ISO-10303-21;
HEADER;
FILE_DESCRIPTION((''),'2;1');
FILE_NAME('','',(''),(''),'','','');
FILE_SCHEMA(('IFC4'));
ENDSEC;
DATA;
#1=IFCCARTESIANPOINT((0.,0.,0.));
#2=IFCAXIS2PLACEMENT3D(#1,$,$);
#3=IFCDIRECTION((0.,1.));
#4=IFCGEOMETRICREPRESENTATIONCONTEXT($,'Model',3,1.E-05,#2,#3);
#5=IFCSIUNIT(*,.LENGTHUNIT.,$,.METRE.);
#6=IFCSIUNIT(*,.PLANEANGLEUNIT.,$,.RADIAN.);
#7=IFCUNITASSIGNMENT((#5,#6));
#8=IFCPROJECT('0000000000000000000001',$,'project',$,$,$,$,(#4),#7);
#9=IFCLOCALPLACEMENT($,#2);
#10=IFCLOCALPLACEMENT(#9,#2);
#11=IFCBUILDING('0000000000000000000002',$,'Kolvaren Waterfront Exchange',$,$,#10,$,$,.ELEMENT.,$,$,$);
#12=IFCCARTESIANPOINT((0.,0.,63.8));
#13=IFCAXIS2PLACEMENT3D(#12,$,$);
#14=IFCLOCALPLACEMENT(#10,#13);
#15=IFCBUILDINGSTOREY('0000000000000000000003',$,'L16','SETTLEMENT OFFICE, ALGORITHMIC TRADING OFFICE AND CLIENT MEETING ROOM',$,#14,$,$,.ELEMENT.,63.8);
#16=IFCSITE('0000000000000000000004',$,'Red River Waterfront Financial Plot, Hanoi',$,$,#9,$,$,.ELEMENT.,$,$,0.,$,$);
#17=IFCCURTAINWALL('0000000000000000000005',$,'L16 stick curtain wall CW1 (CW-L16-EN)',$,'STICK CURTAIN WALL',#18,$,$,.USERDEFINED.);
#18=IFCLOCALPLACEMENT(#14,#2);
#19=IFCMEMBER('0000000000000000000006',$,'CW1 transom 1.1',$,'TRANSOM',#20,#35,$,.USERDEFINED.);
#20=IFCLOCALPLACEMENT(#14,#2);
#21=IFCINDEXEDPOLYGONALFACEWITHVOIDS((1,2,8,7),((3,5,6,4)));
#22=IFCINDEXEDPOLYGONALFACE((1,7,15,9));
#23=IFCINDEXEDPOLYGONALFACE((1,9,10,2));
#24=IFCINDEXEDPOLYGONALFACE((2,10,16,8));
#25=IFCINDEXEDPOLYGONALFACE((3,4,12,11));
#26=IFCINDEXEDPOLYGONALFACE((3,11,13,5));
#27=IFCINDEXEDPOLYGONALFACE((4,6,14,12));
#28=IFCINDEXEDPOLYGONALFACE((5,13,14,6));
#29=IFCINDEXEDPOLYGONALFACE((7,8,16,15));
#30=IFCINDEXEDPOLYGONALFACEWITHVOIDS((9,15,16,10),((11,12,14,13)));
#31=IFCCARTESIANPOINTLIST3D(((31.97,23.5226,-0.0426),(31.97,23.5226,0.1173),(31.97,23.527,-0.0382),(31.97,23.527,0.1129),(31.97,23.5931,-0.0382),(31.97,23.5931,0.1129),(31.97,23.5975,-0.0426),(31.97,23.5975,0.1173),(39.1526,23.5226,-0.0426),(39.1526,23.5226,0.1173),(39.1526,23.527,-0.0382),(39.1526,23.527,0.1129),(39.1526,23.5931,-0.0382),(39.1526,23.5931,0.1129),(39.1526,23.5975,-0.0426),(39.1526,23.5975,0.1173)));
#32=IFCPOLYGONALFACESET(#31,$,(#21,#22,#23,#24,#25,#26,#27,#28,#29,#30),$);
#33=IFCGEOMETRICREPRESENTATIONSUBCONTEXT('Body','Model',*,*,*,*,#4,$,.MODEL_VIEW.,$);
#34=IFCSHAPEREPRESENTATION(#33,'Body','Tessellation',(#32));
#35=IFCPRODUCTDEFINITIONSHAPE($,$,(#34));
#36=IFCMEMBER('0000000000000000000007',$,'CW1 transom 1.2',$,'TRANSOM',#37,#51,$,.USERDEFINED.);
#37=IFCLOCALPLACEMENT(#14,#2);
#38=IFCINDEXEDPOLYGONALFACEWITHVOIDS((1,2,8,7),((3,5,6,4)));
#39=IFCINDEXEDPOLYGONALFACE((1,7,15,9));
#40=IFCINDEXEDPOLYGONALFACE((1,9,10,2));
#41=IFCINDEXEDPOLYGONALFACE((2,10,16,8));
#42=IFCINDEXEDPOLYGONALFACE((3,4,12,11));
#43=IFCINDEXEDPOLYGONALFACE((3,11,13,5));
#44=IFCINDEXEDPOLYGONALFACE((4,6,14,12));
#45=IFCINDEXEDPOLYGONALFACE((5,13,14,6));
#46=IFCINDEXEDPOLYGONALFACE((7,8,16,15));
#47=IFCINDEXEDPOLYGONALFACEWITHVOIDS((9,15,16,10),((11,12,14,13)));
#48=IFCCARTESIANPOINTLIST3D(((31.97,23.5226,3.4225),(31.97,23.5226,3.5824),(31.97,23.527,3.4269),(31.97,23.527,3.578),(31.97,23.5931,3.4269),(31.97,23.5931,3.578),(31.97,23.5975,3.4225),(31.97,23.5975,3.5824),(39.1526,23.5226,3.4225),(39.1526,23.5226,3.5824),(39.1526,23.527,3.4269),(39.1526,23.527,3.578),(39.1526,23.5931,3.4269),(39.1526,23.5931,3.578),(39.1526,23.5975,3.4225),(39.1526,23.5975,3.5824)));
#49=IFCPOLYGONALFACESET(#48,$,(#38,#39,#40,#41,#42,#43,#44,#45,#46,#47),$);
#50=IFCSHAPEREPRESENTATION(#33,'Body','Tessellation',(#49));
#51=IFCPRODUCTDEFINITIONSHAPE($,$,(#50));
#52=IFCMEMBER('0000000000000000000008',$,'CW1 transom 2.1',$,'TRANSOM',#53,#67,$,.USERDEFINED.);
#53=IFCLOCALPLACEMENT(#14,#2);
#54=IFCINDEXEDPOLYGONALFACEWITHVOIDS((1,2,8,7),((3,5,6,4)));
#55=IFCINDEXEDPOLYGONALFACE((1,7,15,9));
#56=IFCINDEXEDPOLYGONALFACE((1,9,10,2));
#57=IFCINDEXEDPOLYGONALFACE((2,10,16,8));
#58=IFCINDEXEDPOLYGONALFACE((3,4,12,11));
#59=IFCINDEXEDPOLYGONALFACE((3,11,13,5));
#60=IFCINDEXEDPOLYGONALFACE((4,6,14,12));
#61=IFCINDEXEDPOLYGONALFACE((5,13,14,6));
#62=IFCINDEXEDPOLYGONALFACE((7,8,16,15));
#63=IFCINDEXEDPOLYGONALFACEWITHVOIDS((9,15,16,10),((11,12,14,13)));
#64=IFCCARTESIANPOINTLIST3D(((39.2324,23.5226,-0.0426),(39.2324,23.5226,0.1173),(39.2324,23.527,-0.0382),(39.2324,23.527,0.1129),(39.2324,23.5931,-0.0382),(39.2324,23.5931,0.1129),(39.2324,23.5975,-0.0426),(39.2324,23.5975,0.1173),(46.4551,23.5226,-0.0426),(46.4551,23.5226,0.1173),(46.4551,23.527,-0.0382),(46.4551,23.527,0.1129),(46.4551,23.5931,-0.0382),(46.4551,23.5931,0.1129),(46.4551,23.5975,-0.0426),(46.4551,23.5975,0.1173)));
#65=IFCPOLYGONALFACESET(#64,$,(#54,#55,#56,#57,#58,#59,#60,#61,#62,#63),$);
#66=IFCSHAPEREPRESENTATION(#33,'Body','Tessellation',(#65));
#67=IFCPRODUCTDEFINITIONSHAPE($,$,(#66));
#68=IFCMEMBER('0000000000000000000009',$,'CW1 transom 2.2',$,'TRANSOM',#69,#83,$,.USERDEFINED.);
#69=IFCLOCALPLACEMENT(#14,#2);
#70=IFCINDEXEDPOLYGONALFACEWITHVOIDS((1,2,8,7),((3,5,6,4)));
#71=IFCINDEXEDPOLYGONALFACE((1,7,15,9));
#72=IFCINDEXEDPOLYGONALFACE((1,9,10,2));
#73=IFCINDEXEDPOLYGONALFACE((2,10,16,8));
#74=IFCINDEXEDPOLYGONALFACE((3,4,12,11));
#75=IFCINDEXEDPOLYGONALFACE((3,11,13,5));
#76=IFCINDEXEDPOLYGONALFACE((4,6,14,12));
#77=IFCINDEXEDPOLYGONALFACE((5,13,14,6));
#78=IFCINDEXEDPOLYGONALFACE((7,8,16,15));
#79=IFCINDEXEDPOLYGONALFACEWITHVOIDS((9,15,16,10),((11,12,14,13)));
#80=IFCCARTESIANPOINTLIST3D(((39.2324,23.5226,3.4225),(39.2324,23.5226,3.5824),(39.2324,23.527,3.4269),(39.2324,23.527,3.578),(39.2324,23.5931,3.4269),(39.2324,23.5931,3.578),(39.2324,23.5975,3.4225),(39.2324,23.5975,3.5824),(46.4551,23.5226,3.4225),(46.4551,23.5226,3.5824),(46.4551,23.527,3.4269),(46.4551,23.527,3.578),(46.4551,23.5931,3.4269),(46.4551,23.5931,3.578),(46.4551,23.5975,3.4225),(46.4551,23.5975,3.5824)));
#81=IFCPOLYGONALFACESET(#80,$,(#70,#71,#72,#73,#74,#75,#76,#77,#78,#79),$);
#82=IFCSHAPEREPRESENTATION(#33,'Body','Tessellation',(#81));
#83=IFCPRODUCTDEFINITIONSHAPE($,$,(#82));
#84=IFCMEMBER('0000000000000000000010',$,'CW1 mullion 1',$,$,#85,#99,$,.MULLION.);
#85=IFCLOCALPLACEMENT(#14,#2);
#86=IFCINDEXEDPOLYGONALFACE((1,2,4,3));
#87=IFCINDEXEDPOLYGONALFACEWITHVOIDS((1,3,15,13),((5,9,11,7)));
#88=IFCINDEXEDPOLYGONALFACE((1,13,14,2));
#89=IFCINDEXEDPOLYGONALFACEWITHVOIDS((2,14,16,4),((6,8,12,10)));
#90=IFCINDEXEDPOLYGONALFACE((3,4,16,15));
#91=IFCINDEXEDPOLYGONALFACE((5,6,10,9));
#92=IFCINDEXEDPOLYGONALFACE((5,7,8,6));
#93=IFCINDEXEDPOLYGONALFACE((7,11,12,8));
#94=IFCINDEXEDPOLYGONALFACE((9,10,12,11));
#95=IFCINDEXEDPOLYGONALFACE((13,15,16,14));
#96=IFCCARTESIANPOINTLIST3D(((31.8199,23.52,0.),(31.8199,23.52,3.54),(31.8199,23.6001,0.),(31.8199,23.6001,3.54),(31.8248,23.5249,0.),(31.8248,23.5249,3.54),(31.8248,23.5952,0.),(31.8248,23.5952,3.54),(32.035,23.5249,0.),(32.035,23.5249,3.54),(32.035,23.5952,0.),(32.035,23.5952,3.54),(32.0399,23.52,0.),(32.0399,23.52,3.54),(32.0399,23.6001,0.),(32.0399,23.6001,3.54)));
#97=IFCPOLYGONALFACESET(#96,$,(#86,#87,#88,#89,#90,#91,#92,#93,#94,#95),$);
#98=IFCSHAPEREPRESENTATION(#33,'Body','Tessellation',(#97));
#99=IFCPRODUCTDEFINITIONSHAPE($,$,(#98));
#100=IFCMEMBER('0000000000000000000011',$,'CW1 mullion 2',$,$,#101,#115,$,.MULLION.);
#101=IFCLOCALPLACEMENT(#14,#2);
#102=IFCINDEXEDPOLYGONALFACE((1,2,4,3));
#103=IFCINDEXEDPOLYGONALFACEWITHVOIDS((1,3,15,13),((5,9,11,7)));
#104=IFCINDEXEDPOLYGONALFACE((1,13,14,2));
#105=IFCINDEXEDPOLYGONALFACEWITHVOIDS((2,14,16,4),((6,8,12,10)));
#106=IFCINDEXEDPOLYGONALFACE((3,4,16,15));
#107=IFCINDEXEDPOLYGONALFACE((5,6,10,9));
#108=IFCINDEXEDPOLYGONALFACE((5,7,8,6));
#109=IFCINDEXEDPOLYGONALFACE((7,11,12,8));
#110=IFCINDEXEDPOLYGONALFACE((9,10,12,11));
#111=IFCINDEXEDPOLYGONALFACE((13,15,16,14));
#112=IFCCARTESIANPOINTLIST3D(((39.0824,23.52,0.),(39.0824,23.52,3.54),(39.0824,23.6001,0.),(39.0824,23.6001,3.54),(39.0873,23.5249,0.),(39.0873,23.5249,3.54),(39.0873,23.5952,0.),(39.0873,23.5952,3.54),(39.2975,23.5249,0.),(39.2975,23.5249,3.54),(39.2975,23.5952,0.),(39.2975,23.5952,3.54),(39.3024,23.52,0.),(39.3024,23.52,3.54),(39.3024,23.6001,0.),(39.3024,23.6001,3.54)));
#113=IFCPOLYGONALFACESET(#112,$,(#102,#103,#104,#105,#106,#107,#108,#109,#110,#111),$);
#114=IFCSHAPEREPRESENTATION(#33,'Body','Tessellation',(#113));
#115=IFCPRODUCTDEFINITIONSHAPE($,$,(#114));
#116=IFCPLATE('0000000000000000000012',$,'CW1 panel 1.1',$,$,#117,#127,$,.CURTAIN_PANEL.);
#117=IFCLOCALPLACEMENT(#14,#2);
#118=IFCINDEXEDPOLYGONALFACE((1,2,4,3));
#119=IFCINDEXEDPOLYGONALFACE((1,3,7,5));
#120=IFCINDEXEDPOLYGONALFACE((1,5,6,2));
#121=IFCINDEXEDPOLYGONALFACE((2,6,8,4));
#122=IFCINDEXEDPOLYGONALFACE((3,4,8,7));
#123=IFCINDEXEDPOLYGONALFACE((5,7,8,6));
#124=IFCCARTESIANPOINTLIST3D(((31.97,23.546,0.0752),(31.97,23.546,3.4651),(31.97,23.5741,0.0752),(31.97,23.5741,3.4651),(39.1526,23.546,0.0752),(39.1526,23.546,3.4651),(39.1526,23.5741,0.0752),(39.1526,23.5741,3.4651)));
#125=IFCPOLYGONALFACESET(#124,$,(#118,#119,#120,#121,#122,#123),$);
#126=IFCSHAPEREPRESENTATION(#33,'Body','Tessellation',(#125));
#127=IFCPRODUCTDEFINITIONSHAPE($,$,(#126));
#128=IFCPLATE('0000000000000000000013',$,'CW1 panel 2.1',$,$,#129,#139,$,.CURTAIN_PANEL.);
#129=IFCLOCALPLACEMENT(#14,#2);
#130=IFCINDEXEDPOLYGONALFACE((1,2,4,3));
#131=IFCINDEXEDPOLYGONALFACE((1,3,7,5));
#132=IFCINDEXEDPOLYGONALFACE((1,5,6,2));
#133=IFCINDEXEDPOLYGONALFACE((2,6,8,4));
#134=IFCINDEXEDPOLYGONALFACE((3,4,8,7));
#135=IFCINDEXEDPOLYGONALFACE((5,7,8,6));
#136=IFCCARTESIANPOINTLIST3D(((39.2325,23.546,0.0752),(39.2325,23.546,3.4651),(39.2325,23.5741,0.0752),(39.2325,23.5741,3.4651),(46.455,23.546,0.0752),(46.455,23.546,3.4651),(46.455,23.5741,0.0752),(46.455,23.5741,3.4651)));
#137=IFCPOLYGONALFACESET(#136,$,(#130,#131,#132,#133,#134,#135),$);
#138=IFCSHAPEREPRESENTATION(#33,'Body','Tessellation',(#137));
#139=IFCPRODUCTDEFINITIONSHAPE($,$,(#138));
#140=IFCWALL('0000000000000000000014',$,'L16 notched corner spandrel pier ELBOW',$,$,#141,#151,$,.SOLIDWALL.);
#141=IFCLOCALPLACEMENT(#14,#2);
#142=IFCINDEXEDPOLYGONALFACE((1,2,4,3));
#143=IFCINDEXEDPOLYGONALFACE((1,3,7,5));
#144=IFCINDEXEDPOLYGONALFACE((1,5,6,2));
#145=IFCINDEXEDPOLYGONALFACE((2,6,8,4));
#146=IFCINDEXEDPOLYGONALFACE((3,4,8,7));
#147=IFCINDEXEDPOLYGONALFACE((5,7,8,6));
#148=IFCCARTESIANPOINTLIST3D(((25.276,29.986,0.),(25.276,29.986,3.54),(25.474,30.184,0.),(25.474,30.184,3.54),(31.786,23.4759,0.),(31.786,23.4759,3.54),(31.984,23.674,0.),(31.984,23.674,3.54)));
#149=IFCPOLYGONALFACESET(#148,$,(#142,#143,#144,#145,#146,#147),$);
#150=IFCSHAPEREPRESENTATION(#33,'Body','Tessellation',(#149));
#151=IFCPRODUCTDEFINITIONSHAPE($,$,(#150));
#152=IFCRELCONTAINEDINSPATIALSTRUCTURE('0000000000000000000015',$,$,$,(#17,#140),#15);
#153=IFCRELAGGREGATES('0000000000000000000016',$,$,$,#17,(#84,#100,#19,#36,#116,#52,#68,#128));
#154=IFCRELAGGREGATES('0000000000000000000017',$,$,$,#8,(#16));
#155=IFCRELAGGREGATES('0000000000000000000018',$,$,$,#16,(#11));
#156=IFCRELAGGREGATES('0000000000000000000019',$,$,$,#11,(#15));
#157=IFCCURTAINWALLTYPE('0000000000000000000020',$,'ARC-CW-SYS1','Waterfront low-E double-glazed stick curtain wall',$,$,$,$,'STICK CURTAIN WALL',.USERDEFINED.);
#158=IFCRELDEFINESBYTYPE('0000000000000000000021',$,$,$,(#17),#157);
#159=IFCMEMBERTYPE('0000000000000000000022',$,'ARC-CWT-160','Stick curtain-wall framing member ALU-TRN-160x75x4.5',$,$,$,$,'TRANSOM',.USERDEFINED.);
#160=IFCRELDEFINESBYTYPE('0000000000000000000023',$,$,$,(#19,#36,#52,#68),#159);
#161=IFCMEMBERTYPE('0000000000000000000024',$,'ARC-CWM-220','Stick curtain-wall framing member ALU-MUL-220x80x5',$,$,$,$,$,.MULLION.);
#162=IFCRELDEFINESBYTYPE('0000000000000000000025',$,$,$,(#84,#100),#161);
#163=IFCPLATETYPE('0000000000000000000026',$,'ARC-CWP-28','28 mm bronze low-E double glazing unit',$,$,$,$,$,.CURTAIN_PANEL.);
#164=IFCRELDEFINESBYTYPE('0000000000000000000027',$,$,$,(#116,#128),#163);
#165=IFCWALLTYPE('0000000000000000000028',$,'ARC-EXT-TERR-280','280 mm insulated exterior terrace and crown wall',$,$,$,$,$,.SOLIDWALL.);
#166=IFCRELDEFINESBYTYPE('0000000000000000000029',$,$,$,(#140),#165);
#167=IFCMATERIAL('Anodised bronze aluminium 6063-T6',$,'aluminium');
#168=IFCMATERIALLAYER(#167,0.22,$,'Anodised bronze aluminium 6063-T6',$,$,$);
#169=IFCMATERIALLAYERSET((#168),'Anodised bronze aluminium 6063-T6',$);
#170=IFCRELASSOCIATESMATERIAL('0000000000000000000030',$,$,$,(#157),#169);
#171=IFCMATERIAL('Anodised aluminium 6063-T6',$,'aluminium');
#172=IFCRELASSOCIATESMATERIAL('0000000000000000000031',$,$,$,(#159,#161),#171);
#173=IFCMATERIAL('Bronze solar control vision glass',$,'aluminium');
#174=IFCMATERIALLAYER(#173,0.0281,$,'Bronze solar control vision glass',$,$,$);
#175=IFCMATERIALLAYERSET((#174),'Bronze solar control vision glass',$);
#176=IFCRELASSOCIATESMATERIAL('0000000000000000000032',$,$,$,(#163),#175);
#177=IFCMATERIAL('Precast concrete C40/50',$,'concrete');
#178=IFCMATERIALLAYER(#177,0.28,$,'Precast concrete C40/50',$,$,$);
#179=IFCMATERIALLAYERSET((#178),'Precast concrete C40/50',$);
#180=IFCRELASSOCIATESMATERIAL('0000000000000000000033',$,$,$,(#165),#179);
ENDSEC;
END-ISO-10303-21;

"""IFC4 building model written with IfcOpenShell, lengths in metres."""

from ifc_helpers import new_model, si_unit, direction, frame, frame_2d, origin, origin_with_axes, origin_2d, place, context, subcontext, project, spatial, rectangle, hollow_rectangle, extrude, source, transform, mapped, material, layer, layer_set, material_profile, profile_set, type_object, element, aggregate, save


model = new_model("IFC4")

# Units and contexts
model_context = context("Model", 3, precision=1e-05, world=origin(), true_north=direction((0.0, 1.0)))
body_context = subcontext(model_context, "Body", "Model", "MODEL_VIEW")
ifc_project = project(units=[si_unit("LENGTHUNIT", "METRE"), si_unit("PLANEANGLEUNIT", "RADIAN")], contexts=[model_context])

# Site, building, storey
site_placement = place(None, origin())
site = spatial("IfcSite", under=ifc_project, at=site_placement, Name="Red River Waterfront Financial Plot, Hanoi", CompositionType="ELEMENT", RefElevation=0.0)
building_placement = place(site_placement, origin())
building = spatial("IfcBuilding", under=site, at=building_placement, Name="Kolvaren Waterfront Exchange", CompositionType="ELEMENT")
storey_placement = place(building_placement, frame((0.0, 0.0, 63.8)))
storey = spatial("IfcBuildingStorey", under=building, at=storey_placement, Name="L16", Description="SETTLEMENT OFFICE, ALGORITHMIC TRADING OFFICE AND CLIENT MEETING ROOM", CompositionType="ELEMENT", Elevation=63.8)

# Curtain wall, members, plates
ifc_material_1 = material(Name="Anodised bronze aluminium 6063-T6", Category="aluminium")
ifc_layer_1 = layer(ifc_material_1, 0.22, Name="Anodised bronze aluminium 6063-T6")
ifc_layer_set_1 = layer_set([ifc_layer_1], Name="Anodised bronze aluminium 6063-T6")
curtain_wall_type = type_object("IfcCurtainWallType", Name="ARC-CW-SYS1", Description="Waterfront low-E double-glazed stick curtain wall", ElementType="STICK CURTAIN WALL", PredefinedType="USERDEFINED", material=ifc_layer_set_1)
curtain_wall_placement = place(storey_placement, origin())
curtain_wall = element("IfcCurtainWall", 1, at=curtain_wall_placement, inside=storey, type_object=curtain_wall_type, Name="L16 stick curtain wall CW1 (CW-L16-EN)", ObjectType="STICK CURTAIN WALL", PredefinedType="USERDEFINED")
ifc_material_2 = material(Name="Anodised aluminium 6063-T6", Category="aluminium")
ifc_material_profile_1 = material_profile(ifc_material_2, hollow_rectangle(XDim=0.075, YDim=0.1599, WallThickness=0.0044, at=origin_2d()), Name="ALU-TRN-160x75x4.5")
ifc_profile_set_1 = profile_set([ifc_material_profile_1], Name="Anodised aluminium 6063-T6")
member_type_1 = type_object("IfcMemberType", Name="ARC-CWT-160", Description="Stick curtain-wall framing member ALU-TRN-160x75x4.5", ElementType="TRANSOM", PredefinedType="USERDEFINED", material=ifc_profile_set_1)
shared_shape_1 = source(origin_with_axes(), body_context, "Body", "SweptSolid", [
    extrude(hollow_rectangle(XDim=0.075, YDim=0.1599, WallThickness=0.0044, at=origin_2d()), origin(), (0.0, 0.0, 1.0), 7.1826),
])
member_1_placement = place(storey_placement, frame((31.97, 23.5601, 0.0374), z_axis=(1.0, 0.0, 0.0), x_axis=(0.0, 1.0, 0.0)))
member_1 = element("IfcMember", 2, at=member_1_placement, type_object=member_type_1, Name="CW1 transom 1.1", ObjectType="TRANSOM", PredefinedType="USERDEFINED", context=body_context, shape_type="MappedRepresentation", body=[
    mapped(shared_shape_1, transform((0.0, 0.0, 0.0), x_axis=(1.0, 0.0, 0.0), y_axis=(0.0, 1.0, 0.0), z_axis=(0.0, 0.0, 1.0), scale=1.0)),
])
member_2_placement = place(storey_placement, frame((31.97, 23.5601, 3.5024), z_axis=(1.0, 0.0, 0.0), x_axis=(0.0, 1.0, 0.0)))
member_2 = element("IfcMember", 3, at=member_2_placement, type_object=member_type_1, Name="CW1 transom 1.2", ObjectType="TRANSOM", PredefinedType="USERDEFINED", context=body_context, shape_type="MappedRepresentation", body=[
    mapped(shared_shape_1, transform((0.0, 0.0, 0.0), x_axis=(1.0, 0.0, 0.0), y_axis=(0.0, 1.0, 0.0), z_axis=(0.0, 0.0, 1.0), scale=1.0)),
])
shared_shape_2 = source(origin_with_axes(), body_context, "Body", "SweptSolid", [
    extrude(hollow_rectangle(XDim=0.075, YDim=0.1599, WallThickness=0.0044, at=origin_2d()), origin(), (0.0, 0.0, 1.0), 7.2227),
])
member_3_placement = place(storey_placement, frame((39.2324, 23.5601, 0.0374), z_axis=(1.0, 0.0, 0.0), x_axis=(0.0, 1.0, 0.0)))
member_3 = element("IfcMember", 4, at=member_3_placement, type_object=member_type_1, Name="CW1 transom 2.1", ObjectType="TRANSOM", PredefinedType="USERDEFINED", context=body_context, shape_type="MappedRepresentation", body=[
    mapped(shared_shape_2, transform((0.0, 0.0, 0.0), x_axis=(1.0, 0.0, 0.0), y_axis=(0.0, 1.0, 0.0), z_axis=(0.0, 0.0, 1.0), scale=1.0)),
])
member_4_placement = place(storey_placement, frame((39.2324, 23.5601, 3.5024), z_axis=(1.0, 0.0, 0.0), x_axis=(0.0, 1.0, 0.0)))
member_4 = element("IfcMember", 5, at=member_4_placement, type_object=member_type_1, Name="CW1 transom 2.2", ObjectType="TRANSOM", PredefinedType="USERDEFINED", context=body_context, shape_type="MappedRepresentation", body=[
    mapped(shared_shape_2, transform((0.0, 0.0, 0.0), x_axis=(1.0, 0.0, 0.0), y_axis=(0.0, 1.0, 0.0), z_axis=(0.0, 0.0, 1.0), scale=1.0)),
])
ifc_material_profile_2 = material_profile(ifc_material_2, hollow_rectangle(XDim=0.0801, YDim=0.22, WallThickness=0.0049, at=origin_2d()), Name="ALU-MUL-220x80x5")
ifc_profile_set_2 = profile_set([ifc_material_profile_2], Name="Anodised aluminium 6063-T6")
member_type_2 = type_object("IfcMemberType", Name="ARC-CWM-220", Description="Stick curtain-wall framing member ALU-MUL-220x80x5", PredefinedType="MULLION", material=ifc_profile_set_2)
shared_shape_3 = source(origin_with_axes(), body_context, "Body", "SweptSolid", [
    extrude(hollow_rectangle(XDim=0.0801, YDim=0.22, WallThickness=0.0049, at=origin_2d()), origin(), (0.0, 0.0, 1.0), 3.54),
])
member_5_placement = place(storey_placement, frame((31.9299, 23.5601, 0.0), z_axis=(0.0, 0.0, 1.0), x_axis=(0.0, 1.0, 0.0)))
member_5 = element("IfcMember", 6, at=member_5_placement, type_object=member_type_2, Name="CW1 mullion 1", PredefinedType="MULLION", context=body_context, shape_type="MappedRepresentation", body=[
    mapped(shared_shape_3, transform((0.0, 0.0, 0.0), x_axis=(1.0, 0.0, 0.0), y_axis=(0.0, 1.0, 0.0), z_axis=(0.0, 0.0, 1.0), scale=1.0)),
])
member_6_placement = place(storey_placement, frame((39.1924, 23.5601, 0.0), z_axis=(0.0, 0.0, 1.0), x_axis=(0.0, 1.0, 0.0)))
member_6 = element("IfcMember", 7, at=member_6_placement, type_object=member_type_2, Name="CW1 mullion 2", PredefinedType="MULLION", context=body_context, shape_type="MappedRepresentation", body=[
    mapped(shared_shape_3, transform((0.0, 0.0, 0.0), x_axis=(1.0, 0.0, 0.0), y_axis=(0.0, 1.0, 0.0), z_axis=(0.0, 0.0, 1.0), scale=1.0)),
])
ifc_material_3 = material(Name="Bronze solar control vision glass", Category="aluminium")
ifc_layer_2 = layer(ifc_material_3, 0.0281, Name="Bronze solar control vision glass")
ifc_layer_set_2 = layer_set([ifc_layer_2], Name="Bronze solar control vision glass")
plate_type = type_object("IfcPlateType", Name="ARC-CWP-28", Description="28 mm bronze low-E double glazing unit", PredefinedType="CURTAIN_PANEL", material=ifc_layer_set_2)
shared_shape_4 = source(origin_with_axes(), body_context, "Body", "SweptSolid", [
    extrude(rectangle(XDim=7.1826, YDim=0.0281, at=origin_2d()), origin(), (0.0, 0.0, 1.0), 3.3899),
])
plate_1_placement = place(storey_placement, frame((35.5613, 23.5601, 0.0752), z_axis=(0.0, 0.0, 1.0), x_axis=(1.0, 0.0, 0.0)))
plate_1 = element("IfcPlate", 8, at=plate_1_placement, type_object=plate_type, Name="CW1 panel 1.1", PredefinedType="CURTAIN_PANEL", context=body_context, shape_type="MappedRepresentation", body=[
    mapped(shared_shape_4, transform((0.0, 0.0, 0.0), x_axis=(1.0, 0.0, 0.0), y_axis=(0.0, 1.0, 0.0), z_axis=(0.0, 0.0, 1.0), scale=1.0)),
])
shared_shape_5 = source(origin_with_axes(), body_context, "Body", "SweptSolid", [
    extrude(rectangle(XDim=7.2224, YDim=0.0281, at=origin_2d()), origin(), (0.0, 0.0, 1.0), 3.3899),
])
plate_2_placement = place(storey_placement, frame((42.8438, 23.5601, 0.0752), z_axis=(0.0, 0.0, 1.0), x_axis=(1.0, 0.0, 0.0)))
plate_2 = element("IfcPlate", 9, at=plate_2_placement, type_object=plate_type, Name="CW1 panel 2.1", PredefinedType="CURTAIN_PANEL", context=body_context, shape_type="MappedRepresentation", body=[
    mapped(shared_shape_5, transform((0.0, 0.0, 0.0), x_axis=(1.0, 0.0, 0.0), y_axis=(0.0, 1.0, 0.0), z_axis=(0.0, 0.0, 1.0), scale=1.0)),
])
aggregate(curtain_wall, [member_5, member_6, member_1, member_2, plate_1, member_3, member_4, plate_2])

# Wall
ifc_material_4 = material(Name="Precast concrete C40/50", Category="concrete")
ifc_layer_3 = layer(ifc_material_4, 0.28, Name="Precast concrete C40/50")
ifc_layer_set_3 = layer_set([ifc_layer_3], Name="Precast concrete C40/50")
wall_type_1 = type_object("IfcWallType", Name="ARC-EXT-TERR-280", Description="280 mm insulated exterior terrace and crown wall", PredefinedType="SOLIDWALL", material=ifc_layer_set_3)
wall_1_placement = place(storey_placement, frame((31.885, 23.575, 0.0), z_axis=(0.0, 0.0, 1.0), x_axis=(-0.707107, 0.707107, 0.0)))
element("IfcWall", 10, at=wall_1_placement, inside=storey, type_object=wall_type_1, Name="L16 notched corner spandrel pier ELBOW", PredefinedType="SOLIDWALL", context=body_context, shape_type="SweptSolid", body=[
    extrude(rectangle(XDim=9.2065, YDim=0.28, at=frame_2d((4.6033, 0.0))), origin(), (0.0, 0.0, 1.0), 3.54),
])

save(model, "model.ifc")
